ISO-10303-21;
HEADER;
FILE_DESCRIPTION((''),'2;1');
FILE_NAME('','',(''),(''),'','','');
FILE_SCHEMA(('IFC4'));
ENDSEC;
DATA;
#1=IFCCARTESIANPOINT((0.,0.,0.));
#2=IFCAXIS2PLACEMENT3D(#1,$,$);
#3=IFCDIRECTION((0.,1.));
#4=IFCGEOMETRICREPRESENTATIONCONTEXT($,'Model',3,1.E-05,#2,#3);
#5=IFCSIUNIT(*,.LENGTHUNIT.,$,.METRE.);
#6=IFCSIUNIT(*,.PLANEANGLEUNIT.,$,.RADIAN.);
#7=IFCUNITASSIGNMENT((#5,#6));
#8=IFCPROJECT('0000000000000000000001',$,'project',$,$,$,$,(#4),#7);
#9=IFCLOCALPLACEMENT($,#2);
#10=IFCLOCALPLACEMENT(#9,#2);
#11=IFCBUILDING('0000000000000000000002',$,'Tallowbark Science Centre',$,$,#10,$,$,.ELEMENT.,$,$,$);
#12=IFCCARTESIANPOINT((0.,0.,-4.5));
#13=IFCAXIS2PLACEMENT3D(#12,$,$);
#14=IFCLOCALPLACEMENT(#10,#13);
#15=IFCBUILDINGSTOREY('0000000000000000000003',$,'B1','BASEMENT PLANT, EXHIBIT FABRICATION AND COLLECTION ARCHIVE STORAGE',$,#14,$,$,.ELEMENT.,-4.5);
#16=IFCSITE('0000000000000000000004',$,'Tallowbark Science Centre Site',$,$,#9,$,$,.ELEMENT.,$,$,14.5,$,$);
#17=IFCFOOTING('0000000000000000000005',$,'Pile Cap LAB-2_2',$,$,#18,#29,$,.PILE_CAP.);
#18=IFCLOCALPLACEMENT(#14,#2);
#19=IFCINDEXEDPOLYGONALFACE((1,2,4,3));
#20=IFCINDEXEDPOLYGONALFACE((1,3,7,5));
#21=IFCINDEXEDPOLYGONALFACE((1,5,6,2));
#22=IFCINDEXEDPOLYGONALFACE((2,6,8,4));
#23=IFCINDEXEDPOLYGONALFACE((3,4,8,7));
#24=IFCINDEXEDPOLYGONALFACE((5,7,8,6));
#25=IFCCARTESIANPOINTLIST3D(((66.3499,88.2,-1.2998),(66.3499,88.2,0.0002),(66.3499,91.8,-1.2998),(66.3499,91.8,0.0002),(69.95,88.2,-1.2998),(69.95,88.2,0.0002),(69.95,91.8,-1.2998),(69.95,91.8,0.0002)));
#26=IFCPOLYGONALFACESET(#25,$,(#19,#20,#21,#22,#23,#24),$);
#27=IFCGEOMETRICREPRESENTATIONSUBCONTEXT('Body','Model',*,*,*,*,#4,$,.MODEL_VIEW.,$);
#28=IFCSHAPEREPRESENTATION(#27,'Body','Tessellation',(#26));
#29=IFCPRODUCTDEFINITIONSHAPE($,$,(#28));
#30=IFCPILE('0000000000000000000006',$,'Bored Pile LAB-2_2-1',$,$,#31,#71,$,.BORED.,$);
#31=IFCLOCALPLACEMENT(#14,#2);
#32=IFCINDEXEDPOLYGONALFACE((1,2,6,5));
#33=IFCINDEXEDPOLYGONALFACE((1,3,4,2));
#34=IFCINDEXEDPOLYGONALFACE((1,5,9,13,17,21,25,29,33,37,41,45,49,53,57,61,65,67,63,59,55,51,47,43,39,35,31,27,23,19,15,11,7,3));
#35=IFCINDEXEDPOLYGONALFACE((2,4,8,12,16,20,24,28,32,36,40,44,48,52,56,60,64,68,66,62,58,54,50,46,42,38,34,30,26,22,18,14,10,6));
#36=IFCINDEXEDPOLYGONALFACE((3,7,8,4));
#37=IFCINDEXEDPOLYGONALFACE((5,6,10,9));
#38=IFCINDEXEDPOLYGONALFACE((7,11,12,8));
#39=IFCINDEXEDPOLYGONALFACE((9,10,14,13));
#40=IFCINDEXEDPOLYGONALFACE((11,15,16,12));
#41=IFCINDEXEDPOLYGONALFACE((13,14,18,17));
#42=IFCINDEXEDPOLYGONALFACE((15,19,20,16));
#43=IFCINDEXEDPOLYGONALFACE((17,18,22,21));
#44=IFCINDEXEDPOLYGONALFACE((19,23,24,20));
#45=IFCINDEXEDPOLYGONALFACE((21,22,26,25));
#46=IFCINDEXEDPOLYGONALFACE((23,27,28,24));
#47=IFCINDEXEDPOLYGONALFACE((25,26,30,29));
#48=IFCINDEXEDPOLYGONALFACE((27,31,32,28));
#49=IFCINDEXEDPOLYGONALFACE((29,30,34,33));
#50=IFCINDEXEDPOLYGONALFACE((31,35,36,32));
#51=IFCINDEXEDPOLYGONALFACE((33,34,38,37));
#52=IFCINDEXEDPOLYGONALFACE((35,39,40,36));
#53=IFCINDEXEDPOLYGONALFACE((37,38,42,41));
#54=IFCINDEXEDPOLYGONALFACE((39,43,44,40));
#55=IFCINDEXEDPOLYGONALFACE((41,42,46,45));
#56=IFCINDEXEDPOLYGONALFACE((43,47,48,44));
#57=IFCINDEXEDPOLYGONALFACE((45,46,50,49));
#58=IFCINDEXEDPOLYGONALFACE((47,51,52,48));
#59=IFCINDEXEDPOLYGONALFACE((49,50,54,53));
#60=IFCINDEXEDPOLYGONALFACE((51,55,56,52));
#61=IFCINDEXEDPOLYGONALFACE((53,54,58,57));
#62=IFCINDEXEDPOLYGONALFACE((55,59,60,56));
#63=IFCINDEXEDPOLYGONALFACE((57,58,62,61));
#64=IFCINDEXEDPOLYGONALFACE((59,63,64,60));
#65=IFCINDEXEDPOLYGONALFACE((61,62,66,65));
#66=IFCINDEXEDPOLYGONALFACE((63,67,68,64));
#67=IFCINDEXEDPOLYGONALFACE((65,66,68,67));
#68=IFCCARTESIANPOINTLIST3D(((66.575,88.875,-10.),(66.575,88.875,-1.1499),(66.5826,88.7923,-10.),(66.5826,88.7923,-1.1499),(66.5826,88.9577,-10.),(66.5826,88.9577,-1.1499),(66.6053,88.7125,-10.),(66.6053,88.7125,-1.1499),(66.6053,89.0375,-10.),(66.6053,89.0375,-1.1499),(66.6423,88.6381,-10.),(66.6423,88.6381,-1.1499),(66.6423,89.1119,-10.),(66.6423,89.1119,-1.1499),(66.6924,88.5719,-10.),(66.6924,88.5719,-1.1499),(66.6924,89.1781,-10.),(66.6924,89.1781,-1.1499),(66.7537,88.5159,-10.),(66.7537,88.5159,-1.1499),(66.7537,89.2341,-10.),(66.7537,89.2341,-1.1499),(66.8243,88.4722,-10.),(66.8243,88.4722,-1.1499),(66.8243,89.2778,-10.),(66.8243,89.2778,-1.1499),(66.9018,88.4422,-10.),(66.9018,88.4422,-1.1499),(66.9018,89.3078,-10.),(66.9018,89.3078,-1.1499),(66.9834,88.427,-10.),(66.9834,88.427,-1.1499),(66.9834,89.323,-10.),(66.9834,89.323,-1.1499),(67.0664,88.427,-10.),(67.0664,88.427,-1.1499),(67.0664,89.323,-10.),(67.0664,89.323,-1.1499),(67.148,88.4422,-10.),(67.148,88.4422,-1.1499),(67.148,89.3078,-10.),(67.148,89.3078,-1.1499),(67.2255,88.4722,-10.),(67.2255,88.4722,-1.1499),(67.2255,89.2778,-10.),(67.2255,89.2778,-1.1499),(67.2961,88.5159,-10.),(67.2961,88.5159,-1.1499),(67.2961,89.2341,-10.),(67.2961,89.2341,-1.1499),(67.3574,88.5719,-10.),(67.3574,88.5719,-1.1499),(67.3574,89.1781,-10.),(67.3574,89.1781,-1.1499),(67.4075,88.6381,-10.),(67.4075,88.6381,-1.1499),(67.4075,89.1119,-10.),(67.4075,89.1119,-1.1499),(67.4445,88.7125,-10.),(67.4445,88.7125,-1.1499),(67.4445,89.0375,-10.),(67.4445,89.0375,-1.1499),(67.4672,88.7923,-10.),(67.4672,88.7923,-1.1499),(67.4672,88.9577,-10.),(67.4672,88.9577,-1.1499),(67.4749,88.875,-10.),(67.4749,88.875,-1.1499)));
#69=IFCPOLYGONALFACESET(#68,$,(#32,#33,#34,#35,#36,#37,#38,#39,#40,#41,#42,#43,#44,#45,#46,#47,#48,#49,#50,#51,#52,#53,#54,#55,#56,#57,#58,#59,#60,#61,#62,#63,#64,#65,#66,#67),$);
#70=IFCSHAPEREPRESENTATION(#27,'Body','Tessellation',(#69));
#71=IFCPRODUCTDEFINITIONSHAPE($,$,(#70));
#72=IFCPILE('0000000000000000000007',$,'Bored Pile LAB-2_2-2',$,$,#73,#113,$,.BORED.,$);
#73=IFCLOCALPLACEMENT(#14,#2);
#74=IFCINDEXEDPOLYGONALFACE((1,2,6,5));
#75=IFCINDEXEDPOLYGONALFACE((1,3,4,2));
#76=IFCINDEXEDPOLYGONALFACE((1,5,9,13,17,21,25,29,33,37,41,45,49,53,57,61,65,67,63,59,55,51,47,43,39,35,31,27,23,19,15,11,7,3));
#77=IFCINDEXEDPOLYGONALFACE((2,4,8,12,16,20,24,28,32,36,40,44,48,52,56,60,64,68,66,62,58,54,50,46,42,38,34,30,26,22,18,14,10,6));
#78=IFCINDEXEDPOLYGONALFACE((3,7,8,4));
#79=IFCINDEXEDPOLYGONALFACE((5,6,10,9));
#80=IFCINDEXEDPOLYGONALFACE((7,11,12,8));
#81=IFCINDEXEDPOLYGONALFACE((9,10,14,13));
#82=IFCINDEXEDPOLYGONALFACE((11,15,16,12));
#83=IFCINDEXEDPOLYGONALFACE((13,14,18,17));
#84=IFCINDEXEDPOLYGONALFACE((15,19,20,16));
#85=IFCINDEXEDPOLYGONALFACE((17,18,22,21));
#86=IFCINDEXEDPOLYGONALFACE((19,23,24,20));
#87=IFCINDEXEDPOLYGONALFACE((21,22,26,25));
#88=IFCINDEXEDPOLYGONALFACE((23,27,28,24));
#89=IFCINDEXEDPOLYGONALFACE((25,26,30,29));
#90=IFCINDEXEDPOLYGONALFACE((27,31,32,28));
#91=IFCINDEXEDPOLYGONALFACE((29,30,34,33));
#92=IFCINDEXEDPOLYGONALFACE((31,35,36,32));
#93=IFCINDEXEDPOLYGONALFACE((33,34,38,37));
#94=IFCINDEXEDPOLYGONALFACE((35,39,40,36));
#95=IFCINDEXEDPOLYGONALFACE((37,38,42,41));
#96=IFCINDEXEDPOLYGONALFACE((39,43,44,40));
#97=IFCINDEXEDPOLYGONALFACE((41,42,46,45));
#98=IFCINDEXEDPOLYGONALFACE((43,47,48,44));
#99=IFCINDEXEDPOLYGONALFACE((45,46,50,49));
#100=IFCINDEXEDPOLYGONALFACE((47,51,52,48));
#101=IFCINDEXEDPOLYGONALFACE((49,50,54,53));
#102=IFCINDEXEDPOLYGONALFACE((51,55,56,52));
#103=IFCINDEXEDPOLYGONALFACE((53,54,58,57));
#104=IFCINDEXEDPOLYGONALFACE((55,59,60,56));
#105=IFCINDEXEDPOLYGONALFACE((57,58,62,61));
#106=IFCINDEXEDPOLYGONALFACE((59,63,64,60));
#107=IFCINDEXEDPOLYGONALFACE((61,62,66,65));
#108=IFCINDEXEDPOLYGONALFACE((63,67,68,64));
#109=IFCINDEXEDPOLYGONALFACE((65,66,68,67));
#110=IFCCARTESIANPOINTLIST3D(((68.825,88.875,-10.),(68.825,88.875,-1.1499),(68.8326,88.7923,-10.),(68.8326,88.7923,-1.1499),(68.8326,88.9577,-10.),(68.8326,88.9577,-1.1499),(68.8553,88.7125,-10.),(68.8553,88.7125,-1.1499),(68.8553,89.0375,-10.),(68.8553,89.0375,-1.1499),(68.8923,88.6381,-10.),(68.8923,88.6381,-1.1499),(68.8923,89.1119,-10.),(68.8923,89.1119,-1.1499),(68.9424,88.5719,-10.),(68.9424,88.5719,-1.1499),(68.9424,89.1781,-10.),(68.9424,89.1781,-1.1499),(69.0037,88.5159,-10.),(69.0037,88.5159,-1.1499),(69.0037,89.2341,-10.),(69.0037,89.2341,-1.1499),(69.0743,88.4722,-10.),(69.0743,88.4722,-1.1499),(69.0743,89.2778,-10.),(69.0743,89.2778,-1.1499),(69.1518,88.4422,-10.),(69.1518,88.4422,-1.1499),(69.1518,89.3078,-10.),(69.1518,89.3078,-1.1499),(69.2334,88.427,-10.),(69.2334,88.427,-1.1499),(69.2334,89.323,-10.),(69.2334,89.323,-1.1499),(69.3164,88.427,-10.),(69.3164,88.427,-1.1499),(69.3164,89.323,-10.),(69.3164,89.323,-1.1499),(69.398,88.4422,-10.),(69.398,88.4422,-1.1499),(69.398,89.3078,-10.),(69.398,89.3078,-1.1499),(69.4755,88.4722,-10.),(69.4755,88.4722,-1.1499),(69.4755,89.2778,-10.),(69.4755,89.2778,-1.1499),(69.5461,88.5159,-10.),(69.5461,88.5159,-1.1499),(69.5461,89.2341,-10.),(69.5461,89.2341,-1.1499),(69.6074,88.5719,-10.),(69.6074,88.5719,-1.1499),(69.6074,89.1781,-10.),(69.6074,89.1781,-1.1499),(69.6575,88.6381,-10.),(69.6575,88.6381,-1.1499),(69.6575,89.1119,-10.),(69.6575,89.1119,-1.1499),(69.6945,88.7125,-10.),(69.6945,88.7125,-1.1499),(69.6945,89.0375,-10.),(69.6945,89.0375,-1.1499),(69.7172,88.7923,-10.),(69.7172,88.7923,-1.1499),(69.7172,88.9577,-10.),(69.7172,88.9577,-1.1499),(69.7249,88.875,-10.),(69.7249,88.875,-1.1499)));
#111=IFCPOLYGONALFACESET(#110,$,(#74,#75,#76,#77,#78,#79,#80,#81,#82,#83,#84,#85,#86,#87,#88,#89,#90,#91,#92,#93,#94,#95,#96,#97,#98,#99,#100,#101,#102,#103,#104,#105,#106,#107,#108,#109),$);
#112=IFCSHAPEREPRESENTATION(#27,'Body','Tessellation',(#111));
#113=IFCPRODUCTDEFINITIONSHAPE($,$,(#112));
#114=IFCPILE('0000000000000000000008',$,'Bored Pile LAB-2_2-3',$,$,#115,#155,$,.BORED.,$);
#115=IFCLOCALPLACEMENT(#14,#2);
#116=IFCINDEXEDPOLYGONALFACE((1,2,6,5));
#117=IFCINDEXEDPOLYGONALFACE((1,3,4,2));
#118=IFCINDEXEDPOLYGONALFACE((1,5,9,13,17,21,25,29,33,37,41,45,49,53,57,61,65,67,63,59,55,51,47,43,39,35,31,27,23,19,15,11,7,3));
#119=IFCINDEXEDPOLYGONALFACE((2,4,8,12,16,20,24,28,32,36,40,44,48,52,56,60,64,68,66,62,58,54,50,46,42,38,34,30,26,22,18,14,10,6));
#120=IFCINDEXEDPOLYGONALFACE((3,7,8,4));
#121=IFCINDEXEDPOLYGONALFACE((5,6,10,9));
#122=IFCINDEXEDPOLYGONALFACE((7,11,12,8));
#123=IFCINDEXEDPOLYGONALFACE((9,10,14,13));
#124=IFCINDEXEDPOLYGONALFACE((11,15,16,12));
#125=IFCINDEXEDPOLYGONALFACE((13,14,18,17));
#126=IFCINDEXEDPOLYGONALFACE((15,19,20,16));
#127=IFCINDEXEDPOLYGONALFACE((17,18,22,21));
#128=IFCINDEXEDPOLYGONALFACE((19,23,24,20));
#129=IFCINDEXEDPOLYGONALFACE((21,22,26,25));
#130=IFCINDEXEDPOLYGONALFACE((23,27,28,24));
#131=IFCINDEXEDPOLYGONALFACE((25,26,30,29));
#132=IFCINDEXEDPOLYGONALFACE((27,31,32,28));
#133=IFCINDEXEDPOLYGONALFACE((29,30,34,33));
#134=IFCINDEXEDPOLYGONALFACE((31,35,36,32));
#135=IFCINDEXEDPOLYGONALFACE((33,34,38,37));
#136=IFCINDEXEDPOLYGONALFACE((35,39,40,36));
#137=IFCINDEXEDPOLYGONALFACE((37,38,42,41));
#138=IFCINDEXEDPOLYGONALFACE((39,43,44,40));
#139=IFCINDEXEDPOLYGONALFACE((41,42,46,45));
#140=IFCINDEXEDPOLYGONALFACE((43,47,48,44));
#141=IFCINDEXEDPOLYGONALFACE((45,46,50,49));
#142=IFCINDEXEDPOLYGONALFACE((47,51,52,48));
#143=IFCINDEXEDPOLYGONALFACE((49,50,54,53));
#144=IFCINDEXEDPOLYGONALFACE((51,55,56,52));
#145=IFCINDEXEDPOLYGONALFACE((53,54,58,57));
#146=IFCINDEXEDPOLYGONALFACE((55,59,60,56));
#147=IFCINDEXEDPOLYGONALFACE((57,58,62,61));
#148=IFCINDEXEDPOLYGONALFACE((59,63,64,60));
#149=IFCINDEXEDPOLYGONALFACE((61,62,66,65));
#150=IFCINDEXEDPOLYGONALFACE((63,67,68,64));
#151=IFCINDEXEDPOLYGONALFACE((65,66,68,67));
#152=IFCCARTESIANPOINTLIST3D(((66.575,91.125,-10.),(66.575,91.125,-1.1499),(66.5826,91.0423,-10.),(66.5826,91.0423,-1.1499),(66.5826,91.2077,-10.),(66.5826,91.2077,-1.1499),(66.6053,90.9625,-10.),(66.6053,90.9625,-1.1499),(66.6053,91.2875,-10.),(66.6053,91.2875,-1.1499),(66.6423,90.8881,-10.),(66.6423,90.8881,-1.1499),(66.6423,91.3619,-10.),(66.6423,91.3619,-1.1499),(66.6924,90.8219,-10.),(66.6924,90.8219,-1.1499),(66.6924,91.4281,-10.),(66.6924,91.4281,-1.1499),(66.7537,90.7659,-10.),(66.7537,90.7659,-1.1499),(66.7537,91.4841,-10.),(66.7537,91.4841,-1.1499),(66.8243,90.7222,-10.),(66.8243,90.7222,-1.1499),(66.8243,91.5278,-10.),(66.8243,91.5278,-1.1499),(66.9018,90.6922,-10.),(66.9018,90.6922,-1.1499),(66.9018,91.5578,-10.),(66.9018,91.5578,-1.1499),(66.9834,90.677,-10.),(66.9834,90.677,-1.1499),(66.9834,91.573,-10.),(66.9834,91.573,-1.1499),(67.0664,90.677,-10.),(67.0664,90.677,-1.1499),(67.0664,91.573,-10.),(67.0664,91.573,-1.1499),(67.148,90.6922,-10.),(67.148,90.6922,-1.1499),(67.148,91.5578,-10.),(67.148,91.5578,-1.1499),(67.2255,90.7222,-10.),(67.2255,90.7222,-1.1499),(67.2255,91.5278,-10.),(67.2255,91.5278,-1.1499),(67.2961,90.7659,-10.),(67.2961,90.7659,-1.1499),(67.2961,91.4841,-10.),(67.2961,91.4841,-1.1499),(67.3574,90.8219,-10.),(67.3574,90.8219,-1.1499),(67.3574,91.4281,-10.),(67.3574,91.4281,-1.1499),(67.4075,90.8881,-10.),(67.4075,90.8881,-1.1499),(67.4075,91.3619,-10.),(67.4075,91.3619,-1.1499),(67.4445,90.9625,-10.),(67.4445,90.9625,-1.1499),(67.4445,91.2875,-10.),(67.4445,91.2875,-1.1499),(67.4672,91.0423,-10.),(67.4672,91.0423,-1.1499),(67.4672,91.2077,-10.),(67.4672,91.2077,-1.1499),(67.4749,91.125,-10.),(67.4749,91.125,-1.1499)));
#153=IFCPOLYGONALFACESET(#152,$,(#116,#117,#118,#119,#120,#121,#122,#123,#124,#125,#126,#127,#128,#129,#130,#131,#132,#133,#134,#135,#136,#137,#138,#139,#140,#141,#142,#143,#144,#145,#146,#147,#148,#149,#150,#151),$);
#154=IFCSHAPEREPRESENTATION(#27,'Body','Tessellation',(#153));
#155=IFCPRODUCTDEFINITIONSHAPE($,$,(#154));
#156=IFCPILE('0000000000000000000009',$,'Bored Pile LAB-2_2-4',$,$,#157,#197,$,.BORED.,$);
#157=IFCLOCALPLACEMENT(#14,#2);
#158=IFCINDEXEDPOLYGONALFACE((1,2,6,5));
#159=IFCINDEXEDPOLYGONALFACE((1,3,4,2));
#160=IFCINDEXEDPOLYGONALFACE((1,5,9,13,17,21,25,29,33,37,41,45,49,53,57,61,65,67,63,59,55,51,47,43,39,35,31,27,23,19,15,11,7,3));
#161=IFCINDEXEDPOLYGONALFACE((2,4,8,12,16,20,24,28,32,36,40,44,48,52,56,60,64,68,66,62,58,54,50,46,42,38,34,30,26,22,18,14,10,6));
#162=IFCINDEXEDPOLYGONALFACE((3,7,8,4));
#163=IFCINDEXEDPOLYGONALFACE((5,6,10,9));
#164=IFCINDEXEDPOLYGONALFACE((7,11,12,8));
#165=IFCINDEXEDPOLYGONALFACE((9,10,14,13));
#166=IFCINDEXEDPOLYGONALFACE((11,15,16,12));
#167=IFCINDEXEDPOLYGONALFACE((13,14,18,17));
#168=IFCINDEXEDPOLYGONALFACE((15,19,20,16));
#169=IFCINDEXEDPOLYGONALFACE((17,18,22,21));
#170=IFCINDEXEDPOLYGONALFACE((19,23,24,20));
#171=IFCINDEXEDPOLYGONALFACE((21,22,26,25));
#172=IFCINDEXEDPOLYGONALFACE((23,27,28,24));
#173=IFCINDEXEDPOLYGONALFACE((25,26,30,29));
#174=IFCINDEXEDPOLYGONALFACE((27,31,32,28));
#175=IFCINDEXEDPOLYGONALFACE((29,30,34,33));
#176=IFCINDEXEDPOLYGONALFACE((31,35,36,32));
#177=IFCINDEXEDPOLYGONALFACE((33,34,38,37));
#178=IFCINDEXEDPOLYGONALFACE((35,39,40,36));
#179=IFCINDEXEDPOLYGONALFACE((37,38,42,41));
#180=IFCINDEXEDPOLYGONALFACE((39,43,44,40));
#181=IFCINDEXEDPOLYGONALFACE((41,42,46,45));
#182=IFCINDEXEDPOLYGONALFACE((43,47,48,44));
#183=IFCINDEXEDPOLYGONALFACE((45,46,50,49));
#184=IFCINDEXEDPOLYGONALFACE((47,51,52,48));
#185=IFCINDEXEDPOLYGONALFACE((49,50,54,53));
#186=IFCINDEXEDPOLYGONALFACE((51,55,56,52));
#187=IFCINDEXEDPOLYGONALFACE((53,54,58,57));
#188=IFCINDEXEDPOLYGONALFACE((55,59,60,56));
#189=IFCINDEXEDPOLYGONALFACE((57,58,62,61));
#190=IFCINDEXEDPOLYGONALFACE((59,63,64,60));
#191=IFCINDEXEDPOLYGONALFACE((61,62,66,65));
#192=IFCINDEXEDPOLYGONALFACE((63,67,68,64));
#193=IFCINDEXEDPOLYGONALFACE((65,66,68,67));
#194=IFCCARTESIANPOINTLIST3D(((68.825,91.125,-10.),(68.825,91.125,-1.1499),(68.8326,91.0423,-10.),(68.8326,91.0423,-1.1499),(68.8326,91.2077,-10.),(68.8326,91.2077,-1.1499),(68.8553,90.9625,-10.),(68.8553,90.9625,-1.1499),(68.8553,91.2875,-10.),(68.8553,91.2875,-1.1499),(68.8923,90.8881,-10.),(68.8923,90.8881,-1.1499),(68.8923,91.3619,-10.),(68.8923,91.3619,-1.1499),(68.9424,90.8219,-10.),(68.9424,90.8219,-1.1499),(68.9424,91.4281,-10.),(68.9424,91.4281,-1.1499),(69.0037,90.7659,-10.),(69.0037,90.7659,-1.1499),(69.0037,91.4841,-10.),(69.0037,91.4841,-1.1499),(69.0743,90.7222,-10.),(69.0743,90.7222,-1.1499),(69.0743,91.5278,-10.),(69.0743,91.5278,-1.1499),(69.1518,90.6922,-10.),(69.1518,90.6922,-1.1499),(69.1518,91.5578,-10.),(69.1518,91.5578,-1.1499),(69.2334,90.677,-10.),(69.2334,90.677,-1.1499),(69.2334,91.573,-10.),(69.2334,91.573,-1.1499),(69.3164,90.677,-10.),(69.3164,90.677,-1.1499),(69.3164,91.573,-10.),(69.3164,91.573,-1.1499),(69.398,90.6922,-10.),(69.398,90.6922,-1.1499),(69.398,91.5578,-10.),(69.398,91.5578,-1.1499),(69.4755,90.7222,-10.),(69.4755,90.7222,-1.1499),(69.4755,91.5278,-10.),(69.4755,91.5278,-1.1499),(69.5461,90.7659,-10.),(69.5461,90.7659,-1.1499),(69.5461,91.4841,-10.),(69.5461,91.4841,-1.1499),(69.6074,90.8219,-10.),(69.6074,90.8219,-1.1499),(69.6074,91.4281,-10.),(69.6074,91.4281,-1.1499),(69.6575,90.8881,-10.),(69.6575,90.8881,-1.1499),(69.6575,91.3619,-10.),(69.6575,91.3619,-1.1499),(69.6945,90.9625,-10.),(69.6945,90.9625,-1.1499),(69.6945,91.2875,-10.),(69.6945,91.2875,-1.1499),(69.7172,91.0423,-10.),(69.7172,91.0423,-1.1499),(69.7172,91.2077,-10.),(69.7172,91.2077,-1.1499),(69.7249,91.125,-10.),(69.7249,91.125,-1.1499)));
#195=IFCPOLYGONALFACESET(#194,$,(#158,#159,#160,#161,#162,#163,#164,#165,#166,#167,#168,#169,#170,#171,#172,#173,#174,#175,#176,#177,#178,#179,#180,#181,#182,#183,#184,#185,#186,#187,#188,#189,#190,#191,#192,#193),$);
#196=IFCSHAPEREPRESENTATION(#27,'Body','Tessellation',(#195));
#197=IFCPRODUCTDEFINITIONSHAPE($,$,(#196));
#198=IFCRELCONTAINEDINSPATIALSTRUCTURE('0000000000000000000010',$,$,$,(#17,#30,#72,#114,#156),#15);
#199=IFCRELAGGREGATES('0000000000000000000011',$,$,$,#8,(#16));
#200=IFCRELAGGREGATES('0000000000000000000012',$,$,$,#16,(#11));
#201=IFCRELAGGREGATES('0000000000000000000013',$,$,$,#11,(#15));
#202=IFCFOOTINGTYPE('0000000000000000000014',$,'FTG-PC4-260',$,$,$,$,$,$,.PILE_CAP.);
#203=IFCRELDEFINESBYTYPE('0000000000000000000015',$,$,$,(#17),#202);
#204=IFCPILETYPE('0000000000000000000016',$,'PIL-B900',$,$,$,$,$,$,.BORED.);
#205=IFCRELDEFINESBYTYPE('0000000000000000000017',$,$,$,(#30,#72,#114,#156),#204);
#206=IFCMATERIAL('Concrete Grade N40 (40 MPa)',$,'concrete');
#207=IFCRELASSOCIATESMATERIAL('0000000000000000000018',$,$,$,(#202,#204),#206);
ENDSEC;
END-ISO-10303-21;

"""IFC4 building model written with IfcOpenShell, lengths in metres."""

from ifc_helpers import new_model, si_unit, direction, frame, origin, origin_2d, place, context, subcontext, project, spatial, rectangle, circle, extrude, material, material_profile, profile_set, type_object, element, save


model = new_model("IFC4")

# Units and contexts
model_context = context("Model", 3, precision=1e-05, world=origin(), true_north=direction((0.0, 1.0)))
body_context = subcontext(model_context, "Body", "Model", "MODEL_VIEW")
ifc_project = project(units=[si_unit("LENGTHUNIT", "METRE"), si_unit("PLANEANGLEUNIT", "RADIAN")], contexts=[model_context])

# Site, building, storey
site_placement = place(None, origin())
site = spatial("IfcSite", under=ifc_project, at=site_placement, Name="Tallowbark Science Centre Site", CompositionType="ELEMENT", RefElevation=14.5)
building_placement = place(site_placement, origin())
building = spatial("IfcBuilding", under=site, at=building_placement, Name="Tallowbark Science Centre", CompositionType="ELEMENT")
storey_placement = place(building_placement, frame((0.0, 0.0, -4.5)))
storey = spatial("IfcBuildingStorey", under=building, at=storey_placement, Name="B1", Description="BASEMENT PLANT, EXHIBIT FABRICATION AND COLLECTION ARCHIVE STORAGE", CompositionType="ELEMENT", Elevation=-4.5)

# Footing
ifc_material_1 = material(Name="Concrete Grade N40 (40 MPa)", Category="concrete")
footing_type = type_object("IfcFootingType", Name="FTG-PC4-260", PredefinedType="PILE_CAP", material=ifc_material_1)
footing_placement = place(storey_placement, frame((68.1499, 90.0, -1.2998), z_axis=(0.0, 0.0, 1.0), x_axis=(1.0, 0.0, 0.0)))
element("IfcFooting", 1, at=footing_placement, inside=storey, type_object=footing_type, Name="Pile Cap LAB-2_2", PredefinedType="PILE_CAP", context=body_context, shape_type="SweptSolid", body=[
    extrude(rectangle(XDim=3.6001, YDim=3.6001, at=origin_2d()), origin(), (0.0, 0.0, 1.0), 1.3),
])

# Piles
ifc_material_profile_1 = material_profile(ifc_material_1, circle(Radius=0.45, at=origin_2d()), Name="PILE900")
ifc_profile_set_1 = profile_set([ifc_material_profile_1], Name="Concrete Grade N40 (40 MPa)")
pile_type = type_object("IfcPileType", Name="PIL-B900", PredefinedType="BORED", material=ifc_profile_set_1)
for number, where, z_axis, x_axis, name in (
    (2, (67.0249, 88.875, -1.1499), (0.0, 0.0, -1.0), (1.0, 0.0, 0.0), "Bored Pile LAB-2_2-1"),
    (3, (69.2749, 88.875, -1.1499), (0.0, 0.0, -1.0), (1.0, 0.0, 0.0), "Bored Pile LAB-2_2-2"),
    (4, (67.0249, 91.125, -1.1499), (0.0, 0.0, -1.0), (1.0, 0.0, 0.0), "Bored Pile LAB-2_2-3"),
    (5, (69.2749, 91.125, -1.1499), (0.0, 0.0, -1.0), (1.0, 0.0, 0.0), "Bored Pile LAB-2_2-4"),
):
    element("IfcPile", number, at=place(storey_placement, frame(where, z_axis=z_axis, x_axis=x_axis)), inside=storey, type_object=pile_type, Name=name, PredefinedType="BORED", context=body_context, shape_type="SweptSolid", body=[
        extrude(circle(Radius=0.45, at=origin_2d()), origin(), (0.0, 0.0, 1.0), 8.8501),
    ])

save(model, "model.ifc")
